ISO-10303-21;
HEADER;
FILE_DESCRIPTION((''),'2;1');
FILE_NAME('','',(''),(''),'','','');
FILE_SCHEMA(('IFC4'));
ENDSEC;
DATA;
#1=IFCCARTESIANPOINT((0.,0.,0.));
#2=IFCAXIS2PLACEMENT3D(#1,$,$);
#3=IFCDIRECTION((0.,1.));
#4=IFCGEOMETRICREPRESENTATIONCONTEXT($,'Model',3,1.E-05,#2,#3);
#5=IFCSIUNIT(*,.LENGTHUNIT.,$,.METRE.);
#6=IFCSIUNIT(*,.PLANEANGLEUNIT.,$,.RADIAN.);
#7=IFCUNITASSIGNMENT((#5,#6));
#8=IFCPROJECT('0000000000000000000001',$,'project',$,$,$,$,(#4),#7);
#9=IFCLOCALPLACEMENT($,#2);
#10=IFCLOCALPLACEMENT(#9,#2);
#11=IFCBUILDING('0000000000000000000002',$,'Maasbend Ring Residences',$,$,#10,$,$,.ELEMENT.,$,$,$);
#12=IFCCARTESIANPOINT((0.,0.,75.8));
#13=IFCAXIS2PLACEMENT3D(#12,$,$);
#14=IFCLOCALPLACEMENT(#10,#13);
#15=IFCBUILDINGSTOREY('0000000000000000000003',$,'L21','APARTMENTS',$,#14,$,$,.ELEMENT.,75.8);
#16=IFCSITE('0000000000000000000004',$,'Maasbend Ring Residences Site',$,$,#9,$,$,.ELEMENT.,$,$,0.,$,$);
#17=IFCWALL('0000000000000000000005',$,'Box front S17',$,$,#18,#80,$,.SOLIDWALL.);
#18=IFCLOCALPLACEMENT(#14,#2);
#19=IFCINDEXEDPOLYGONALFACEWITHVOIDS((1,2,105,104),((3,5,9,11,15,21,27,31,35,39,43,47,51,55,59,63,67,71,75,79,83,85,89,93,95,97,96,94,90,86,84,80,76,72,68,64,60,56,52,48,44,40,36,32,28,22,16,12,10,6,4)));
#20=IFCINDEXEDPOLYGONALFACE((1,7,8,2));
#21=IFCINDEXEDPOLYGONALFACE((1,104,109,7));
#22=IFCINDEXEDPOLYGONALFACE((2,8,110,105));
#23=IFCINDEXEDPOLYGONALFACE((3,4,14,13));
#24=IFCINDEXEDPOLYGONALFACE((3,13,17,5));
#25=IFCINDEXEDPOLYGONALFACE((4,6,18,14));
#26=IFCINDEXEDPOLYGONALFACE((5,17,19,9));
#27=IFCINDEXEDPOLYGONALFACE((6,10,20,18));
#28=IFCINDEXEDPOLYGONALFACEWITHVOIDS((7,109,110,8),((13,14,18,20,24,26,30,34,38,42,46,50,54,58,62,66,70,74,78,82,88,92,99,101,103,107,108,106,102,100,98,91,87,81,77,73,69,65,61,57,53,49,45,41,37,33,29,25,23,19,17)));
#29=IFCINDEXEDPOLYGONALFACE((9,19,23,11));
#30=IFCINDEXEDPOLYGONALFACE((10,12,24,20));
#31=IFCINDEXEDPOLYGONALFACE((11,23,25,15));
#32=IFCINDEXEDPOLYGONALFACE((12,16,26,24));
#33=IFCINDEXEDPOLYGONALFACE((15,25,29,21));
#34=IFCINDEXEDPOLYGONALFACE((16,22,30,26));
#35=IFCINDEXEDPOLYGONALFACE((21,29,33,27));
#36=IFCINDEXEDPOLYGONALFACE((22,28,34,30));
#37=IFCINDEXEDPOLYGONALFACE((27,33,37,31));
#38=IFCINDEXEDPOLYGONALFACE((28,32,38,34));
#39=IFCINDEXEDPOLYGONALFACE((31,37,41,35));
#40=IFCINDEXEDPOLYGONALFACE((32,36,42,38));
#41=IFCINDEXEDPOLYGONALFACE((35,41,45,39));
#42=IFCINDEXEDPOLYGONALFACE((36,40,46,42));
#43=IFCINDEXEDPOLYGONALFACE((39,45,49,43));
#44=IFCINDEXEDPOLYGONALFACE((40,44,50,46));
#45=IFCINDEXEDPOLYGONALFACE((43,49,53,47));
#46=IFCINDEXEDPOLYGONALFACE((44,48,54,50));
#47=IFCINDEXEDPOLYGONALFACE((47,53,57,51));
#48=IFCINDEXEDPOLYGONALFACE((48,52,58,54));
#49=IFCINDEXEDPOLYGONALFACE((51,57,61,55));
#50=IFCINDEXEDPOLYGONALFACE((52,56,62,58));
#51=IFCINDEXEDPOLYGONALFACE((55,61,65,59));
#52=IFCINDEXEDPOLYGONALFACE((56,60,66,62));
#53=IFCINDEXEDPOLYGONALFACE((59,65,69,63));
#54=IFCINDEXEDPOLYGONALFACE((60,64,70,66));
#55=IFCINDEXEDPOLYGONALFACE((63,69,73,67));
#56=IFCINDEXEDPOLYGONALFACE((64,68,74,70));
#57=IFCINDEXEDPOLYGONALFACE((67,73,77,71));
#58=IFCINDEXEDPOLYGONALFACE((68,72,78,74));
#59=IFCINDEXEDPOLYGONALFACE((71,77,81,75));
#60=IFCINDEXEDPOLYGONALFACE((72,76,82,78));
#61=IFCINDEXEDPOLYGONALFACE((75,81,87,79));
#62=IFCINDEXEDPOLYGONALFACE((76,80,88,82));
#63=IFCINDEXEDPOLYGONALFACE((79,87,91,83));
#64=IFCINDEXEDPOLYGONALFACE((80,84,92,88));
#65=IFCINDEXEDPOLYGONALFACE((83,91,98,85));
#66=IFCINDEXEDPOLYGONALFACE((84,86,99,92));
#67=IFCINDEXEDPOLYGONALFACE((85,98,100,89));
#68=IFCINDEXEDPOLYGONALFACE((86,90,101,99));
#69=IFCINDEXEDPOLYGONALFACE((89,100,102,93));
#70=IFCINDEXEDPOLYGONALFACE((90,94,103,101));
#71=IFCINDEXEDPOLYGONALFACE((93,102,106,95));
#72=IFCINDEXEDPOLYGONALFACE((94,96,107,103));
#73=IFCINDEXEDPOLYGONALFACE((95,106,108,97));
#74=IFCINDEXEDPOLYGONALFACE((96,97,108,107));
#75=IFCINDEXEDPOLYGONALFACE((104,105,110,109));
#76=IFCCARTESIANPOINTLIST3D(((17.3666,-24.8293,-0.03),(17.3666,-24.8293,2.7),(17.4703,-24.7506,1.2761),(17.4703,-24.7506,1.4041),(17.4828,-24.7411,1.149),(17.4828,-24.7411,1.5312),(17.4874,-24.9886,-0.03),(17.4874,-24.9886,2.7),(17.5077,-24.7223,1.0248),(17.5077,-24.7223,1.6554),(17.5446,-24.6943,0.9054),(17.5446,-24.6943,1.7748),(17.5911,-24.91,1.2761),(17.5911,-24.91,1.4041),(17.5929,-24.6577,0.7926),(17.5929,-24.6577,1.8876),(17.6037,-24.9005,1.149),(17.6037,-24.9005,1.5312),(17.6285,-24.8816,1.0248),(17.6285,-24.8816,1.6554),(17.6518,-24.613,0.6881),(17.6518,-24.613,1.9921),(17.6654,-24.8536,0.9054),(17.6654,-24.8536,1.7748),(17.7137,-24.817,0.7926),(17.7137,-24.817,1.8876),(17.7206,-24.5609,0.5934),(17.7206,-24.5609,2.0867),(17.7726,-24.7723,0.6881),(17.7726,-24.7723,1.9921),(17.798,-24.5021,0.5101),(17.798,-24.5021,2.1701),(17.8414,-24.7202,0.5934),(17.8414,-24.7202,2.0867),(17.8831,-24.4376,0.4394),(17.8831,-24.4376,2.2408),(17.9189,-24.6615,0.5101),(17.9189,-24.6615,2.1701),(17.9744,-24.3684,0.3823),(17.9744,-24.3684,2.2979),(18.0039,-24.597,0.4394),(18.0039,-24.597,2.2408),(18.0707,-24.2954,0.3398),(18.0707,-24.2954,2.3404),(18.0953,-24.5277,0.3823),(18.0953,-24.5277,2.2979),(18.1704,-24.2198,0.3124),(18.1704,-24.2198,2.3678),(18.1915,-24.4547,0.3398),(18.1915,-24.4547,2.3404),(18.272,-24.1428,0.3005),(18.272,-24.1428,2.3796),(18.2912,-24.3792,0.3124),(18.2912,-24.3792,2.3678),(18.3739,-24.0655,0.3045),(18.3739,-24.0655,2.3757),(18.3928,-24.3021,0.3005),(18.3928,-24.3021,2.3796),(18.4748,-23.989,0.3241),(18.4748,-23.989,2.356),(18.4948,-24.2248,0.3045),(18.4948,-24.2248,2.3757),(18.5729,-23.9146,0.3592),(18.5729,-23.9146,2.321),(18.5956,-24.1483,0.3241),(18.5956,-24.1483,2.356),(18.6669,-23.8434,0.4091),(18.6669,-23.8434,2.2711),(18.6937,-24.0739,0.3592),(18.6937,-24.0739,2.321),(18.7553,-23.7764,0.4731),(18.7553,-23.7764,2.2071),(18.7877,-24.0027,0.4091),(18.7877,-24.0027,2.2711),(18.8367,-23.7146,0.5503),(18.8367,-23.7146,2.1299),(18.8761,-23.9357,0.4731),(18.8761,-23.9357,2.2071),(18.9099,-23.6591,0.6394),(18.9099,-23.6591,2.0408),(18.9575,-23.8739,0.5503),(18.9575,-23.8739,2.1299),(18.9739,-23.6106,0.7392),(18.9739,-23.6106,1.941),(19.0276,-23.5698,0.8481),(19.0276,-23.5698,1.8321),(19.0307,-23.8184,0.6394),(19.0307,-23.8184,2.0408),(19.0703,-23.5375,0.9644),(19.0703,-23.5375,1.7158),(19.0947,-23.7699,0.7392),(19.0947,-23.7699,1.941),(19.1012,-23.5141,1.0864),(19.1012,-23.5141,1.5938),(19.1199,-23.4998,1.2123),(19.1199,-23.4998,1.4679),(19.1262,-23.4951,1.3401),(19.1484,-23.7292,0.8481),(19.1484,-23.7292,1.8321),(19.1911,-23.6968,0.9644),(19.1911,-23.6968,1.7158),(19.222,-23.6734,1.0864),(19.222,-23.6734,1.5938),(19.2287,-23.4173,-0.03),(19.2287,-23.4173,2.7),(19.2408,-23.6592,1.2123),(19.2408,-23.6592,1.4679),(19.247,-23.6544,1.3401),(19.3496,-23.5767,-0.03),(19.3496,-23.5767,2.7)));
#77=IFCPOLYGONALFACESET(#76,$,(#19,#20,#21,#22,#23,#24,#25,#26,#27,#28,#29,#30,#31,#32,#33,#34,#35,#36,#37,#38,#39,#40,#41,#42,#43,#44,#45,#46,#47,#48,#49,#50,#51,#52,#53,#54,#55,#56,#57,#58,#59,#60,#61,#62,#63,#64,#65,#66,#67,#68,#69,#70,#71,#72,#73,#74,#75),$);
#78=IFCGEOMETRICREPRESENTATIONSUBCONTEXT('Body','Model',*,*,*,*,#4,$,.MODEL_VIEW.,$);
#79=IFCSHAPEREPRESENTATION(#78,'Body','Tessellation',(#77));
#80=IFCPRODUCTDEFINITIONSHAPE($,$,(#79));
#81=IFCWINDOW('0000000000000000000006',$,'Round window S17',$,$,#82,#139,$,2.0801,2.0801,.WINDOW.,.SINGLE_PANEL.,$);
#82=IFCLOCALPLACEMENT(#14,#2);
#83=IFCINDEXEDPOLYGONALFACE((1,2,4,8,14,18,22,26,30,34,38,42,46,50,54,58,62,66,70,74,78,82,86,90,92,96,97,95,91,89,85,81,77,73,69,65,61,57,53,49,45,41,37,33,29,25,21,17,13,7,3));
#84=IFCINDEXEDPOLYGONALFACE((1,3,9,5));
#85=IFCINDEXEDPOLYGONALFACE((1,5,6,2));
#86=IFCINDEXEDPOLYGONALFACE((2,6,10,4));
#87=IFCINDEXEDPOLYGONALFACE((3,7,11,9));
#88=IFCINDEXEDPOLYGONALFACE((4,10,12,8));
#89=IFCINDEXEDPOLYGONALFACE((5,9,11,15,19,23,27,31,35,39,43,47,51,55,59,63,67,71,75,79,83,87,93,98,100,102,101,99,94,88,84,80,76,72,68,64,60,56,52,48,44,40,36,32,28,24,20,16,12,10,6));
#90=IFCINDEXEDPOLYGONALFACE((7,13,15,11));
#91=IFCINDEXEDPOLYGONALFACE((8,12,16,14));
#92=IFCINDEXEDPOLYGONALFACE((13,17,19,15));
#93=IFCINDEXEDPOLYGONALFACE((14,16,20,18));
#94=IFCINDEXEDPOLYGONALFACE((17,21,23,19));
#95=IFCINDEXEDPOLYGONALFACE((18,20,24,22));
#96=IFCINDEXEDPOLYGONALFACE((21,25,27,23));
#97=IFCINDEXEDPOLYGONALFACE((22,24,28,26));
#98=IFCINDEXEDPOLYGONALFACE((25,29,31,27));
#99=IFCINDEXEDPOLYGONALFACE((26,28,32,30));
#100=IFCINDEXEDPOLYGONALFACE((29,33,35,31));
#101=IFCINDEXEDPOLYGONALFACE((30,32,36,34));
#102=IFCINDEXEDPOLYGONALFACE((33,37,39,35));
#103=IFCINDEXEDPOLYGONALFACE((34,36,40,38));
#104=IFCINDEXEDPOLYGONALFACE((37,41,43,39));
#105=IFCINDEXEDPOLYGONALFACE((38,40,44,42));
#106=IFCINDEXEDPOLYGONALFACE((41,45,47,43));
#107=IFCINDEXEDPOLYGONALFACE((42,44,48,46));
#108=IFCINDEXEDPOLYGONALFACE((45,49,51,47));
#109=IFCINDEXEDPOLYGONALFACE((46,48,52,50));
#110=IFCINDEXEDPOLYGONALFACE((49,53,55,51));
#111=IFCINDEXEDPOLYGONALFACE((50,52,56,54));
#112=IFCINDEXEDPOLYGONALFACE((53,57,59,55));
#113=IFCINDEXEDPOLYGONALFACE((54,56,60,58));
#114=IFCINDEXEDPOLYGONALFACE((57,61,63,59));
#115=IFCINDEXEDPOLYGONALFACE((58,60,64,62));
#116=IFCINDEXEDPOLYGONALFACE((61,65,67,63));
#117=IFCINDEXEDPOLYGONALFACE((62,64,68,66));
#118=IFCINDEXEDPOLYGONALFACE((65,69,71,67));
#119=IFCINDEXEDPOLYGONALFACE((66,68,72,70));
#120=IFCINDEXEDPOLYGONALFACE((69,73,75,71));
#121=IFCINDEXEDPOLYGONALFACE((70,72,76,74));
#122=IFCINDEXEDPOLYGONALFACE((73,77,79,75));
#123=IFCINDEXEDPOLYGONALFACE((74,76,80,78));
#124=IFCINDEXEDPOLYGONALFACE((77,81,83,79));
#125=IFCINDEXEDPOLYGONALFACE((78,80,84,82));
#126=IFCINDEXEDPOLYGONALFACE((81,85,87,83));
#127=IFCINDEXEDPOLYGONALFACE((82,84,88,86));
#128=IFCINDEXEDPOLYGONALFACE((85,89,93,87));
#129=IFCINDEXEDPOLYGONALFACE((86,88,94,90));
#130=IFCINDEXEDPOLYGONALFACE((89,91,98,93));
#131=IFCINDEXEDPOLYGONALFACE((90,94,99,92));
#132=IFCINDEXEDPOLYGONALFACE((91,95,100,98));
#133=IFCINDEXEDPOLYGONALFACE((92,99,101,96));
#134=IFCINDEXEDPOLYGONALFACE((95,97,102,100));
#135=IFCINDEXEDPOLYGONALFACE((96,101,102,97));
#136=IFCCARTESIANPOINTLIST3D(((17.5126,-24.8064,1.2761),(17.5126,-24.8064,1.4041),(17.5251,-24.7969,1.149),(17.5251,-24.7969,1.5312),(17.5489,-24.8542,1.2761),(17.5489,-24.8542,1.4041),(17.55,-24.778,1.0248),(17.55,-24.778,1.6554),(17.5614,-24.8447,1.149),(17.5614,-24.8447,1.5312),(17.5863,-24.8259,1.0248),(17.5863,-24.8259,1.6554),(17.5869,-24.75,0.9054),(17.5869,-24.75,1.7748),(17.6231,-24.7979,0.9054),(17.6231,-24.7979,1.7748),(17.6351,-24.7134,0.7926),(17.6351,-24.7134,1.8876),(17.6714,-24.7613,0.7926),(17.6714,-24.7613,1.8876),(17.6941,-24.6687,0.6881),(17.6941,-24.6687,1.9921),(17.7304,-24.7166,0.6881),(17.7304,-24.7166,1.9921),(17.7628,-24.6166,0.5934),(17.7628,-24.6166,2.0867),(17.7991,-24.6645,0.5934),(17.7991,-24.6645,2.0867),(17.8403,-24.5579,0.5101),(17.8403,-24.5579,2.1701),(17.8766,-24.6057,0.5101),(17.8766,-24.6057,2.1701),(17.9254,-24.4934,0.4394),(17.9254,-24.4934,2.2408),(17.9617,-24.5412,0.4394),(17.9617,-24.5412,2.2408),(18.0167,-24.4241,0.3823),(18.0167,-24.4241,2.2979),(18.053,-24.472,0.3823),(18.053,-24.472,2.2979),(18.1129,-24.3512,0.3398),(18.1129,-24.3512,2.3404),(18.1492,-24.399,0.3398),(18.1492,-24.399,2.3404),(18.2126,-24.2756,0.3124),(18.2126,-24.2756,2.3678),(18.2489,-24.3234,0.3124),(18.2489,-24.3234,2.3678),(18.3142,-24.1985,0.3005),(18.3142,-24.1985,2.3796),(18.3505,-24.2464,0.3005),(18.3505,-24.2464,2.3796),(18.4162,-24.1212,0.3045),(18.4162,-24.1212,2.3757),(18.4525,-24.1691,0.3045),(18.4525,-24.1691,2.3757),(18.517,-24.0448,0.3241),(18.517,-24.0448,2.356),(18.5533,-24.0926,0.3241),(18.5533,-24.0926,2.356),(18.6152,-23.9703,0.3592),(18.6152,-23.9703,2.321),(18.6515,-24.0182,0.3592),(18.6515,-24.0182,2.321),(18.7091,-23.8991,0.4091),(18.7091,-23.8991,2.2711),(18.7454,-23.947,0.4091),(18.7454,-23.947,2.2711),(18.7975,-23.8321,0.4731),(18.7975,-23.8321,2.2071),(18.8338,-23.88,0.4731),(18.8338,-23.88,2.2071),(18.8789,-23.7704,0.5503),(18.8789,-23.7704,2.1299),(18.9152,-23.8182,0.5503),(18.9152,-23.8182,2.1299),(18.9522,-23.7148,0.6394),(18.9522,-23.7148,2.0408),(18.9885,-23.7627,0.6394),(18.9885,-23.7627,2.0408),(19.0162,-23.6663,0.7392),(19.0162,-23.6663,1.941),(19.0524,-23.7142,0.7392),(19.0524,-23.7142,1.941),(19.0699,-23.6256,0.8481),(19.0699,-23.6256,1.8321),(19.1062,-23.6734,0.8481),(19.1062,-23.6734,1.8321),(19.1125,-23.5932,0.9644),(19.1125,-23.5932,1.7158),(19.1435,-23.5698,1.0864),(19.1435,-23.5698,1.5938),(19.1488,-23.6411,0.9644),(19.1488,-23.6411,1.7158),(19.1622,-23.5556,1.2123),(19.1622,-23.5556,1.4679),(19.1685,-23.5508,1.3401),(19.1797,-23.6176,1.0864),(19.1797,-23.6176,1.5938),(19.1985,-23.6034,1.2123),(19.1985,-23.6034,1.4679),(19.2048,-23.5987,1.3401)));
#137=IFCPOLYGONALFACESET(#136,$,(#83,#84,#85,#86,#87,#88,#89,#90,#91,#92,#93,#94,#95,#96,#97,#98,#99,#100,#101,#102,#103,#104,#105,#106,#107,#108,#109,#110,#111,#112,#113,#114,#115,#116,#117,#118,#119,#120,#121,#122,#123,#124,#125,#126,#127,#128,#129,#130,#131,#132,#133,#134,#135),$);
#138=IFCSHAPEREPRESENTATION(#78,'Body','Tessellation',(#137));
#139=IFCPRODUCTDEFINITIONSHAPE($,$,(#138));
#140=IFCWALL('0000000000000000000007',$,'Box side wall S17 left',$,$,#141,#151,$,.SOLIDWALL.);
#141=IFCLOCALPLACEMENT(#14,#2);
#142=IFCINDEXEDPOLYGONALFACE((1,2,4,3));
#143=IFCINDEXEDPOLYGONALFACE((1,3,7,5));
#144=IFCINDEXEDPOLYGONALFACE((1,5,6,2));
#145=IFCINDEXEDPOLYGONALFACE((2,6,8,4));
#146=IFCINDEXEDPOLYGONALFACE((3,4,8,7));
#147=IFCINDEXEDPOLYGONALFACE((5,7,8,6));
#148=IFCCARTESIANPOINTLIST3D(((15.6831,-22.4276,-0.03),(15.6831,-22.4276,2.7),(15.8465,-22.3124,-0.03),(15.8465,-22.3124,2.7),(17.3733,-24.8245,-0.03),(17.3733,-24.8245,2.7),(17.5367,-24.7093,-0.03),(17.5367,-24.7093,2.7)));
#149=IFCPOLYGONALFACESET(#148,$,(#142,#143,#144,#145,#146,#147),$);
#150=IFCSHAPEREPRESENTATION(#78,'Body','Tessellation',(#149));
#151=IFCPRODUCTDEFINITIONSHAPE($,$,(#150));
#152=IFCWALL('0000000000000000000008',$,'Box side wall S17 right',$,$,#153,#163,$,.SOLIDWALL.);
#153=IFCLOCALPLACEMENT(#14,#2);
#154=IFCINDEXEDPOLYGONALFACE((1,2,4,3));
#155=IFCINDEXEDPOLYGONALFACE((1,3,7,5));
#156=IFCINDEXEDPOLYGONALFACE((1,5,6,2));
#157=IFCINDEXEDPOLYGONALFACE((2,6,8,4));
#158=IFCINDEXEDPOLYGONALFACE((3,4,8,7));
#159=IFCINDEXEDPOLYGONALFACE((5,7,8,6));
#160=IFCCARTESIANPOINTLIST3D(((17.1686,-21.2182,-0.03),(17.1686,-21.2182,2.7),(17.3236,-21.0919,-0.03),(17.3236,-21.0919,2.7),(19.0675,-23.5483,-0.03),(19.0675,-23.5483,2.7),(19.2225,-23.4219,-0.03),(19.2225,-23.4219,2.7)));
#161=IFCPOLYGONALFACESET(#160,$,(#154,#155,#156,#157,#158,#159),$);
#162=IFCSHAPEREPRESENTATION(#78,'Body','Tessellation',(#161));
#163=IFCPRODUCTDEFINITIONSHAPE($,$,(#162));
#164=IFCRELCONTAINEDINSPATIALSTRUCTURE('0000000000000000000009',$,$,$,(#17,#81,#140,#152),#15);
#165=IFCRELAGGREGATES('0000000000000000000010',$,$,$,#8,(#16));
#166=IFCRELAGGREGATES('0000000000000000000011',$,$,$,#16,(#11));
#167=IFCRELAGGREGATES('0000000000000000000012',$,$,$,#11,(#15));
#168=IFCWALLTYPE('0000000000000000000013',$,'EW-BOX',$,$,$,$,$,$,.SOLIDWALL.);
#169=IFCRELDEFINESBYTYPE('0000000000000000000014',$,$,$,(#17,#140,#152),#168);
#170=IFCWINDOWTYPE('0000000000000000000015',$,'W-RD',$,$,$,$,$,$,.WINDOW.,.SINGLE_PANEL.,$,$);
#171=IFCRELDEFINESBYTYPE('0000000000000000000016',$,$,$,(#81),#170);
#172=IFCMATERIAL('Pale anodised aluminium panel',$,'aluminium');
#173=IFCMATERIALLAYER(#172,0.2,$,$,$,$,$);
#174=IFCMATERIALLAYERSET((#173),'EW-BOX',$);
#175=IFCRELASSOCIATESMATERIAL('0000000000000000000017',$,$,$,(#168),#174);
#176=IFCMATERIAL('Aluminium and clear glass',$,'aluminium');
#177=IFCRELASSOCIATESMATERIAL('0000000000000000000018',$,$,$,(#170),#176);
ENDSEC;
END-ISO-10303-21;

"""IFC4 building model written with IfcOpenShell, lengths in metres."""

from ifc_helpers import new_model, si_unit, direction, frame, frame_2d, origin, place, context, subcontext, project, spatial, rectangle, circle, extrude, material, layer, layer_set, type_object, element, fill, save


model = new_model("IFC4")

# Units and contexts
model_context = context("Model", 3, precision=1e-05, world=origin(), true_north=direction((0.0, 1.0)))
body_context = subcontext(model_context, "Body", "Model", "MODEL_VIEW")
ifc_project = project(units=[si_unit("LENGTHUNIT", "METRE"), si_unit("PLANEANGLEUNIT", "RADIAN")], contexts=[model_context])

# Site, building, storey
site_placement = place(None, origin())
site = spatial("IfcSite", under=ifc_project, at=site_placement, Name="Maasbend Ring Residences Site", CompositionType="ELEMENT", RefElevation=0.0)
building_placement = place(site_placement, origin())
building = spatial("IfcBuilding", under=site, at=building_placement, Name="Maasbend Ring Residences", CompositionType="ELEMENT")
storey_placement = place(building_placement, frame((0.0, 0.0, 75.8)))
storey = spatial("IfcBuildingStorey", under=building, at=storey_placement, Name="L21", Description="APARTMENTS", CompositionType="ELEMENT", Elevation=75.8)

# Shared definitions
ifc_material_1 = material(Name="Pale anodised aluminium panel", Category="aluminium")
ifc_layer_1 = layer(ifc_material_1, 0.2)
ifc_layer_set_1 = layer_set([ifc_layer_1], Name="EW-BOX")
wall_type_1 = type_object("IfcWallType", Name="EW-BOX", PredefinedType="SOLIDWALL", material=ifc_layer_set_1)
ifc_material_2 = material(Name="Aluminium and clear glass", Category="aluminium")
window_type_1 = type_object("IfcWindowType", Name="W-RD", PartitioningType="SINGLE_PANEL", PredefinedType="WINDOW", material=ifc_material_2)

# Wall, opening, window
wall_1_placement = place(storey_placement, frame((17.427, -24.9089, -0.03), z_axis=(0.0, 0.0, 1.0), x_axis=(0.796842, 0.604188, 0.0)))
wall_1 = element("IfcWall", 1, at=wall_1_placement, inside=storey, type_object=wall_type_1, Name="Box front S17", PredefinedType="SOLIDWALL", context=body_context, shape_type="SweptSolid", body=[
    extrude(rectangle(XDim=2.3369, YDim=0.2, at=frame_2d((1.1685, 0.0))), origin(), (0.0, 0.0, 1.0), 2.73),
])
opening_1_placement = place(wall_1_placement, frame((0.1282, 0.0, 0.3301)))
opening_1 = element("IfcOpeningElement", 2, at=opening_1_placement, cuts=wall_1, PredefinedType="OPENING", context=body_context, shape_type="SweptSolid", body=[
    extrude(circle(Radius=1.04, at=frame_2d((1.04, 1.04))), frame((0.0, 0.1099, 0.0), z_axis=(0.0, -1.0, 0.0), x_axis=(1.0, 0.0, 0.0)), (0.0, 0.0, 1.0), 0.22),
])
window_1_placement = place(opening_1_placement, origin())
window_1 = element("IfcWindow", 3, at=window_1_placement, inside=storey, type_object=window_type_1, Name="Round window S17", OverallHeight=2.0801, OverallWidth=2.0801, PartitioningType="SINGLE_PANEL", PredefinedType="WINDOW", context=body_context, shape_type="SweptSolid", body=[
    extrude(circle(Radius=1.04, at=frame_2d((1.04, 1.04))), frame((0.0, 0.03, 0.0), z_axis=(0.0, -1.0, 0.0), x_axis=(1.0, 0.0, 0.0)), (0.0, 0.0, 1.0), 0.0601),
])
fill(opening_1, window_1)

# Walls
wall_2_placement = place(storey_placement, frame((15.7649, -22.3701, -0.03), z_axis=(0.0, 0.0, 1.0), x_axis=(0.576275, -0.817256, 0.0)))
element("IfcWall", 4, at=wall_2_placement, inside=storey, type_object=wall_type_1, Name="Box side wall S17 left", PredefinedType="SOLIDWALL", context=body_context, shape_type="SweptSolid", body=[
    extrude(rectangle(XDim=2.9329, YDim=0.2, at=frame_2d((1.4663, 0.0))), origin(), (0.0, 0.0, 1.0), 2.73),
])
wall_3_placement = place(storey_placement, frame((17.2461, -21.155, -0.03), z_axis=(0.0, 0.0, 1.0), x_axis=(0.631742, -0.775179, 0.0)))
element("IfcWall", 5, at=wall_3_placement, inside=storey, type_object=wall_type_1, Name="Box side wall S17 right", PredefinedType="SOLIDWALL", context=body_context, shape_type="SweptSolid", body=[
    extrude(rectangle(XDim=3.0059, YDim=0.2, at=frame_2d((1.5029, 0.0))), origin(), (0.0, 0.0, 1.0), 2.73),
])

save(model, "model.ifc")
